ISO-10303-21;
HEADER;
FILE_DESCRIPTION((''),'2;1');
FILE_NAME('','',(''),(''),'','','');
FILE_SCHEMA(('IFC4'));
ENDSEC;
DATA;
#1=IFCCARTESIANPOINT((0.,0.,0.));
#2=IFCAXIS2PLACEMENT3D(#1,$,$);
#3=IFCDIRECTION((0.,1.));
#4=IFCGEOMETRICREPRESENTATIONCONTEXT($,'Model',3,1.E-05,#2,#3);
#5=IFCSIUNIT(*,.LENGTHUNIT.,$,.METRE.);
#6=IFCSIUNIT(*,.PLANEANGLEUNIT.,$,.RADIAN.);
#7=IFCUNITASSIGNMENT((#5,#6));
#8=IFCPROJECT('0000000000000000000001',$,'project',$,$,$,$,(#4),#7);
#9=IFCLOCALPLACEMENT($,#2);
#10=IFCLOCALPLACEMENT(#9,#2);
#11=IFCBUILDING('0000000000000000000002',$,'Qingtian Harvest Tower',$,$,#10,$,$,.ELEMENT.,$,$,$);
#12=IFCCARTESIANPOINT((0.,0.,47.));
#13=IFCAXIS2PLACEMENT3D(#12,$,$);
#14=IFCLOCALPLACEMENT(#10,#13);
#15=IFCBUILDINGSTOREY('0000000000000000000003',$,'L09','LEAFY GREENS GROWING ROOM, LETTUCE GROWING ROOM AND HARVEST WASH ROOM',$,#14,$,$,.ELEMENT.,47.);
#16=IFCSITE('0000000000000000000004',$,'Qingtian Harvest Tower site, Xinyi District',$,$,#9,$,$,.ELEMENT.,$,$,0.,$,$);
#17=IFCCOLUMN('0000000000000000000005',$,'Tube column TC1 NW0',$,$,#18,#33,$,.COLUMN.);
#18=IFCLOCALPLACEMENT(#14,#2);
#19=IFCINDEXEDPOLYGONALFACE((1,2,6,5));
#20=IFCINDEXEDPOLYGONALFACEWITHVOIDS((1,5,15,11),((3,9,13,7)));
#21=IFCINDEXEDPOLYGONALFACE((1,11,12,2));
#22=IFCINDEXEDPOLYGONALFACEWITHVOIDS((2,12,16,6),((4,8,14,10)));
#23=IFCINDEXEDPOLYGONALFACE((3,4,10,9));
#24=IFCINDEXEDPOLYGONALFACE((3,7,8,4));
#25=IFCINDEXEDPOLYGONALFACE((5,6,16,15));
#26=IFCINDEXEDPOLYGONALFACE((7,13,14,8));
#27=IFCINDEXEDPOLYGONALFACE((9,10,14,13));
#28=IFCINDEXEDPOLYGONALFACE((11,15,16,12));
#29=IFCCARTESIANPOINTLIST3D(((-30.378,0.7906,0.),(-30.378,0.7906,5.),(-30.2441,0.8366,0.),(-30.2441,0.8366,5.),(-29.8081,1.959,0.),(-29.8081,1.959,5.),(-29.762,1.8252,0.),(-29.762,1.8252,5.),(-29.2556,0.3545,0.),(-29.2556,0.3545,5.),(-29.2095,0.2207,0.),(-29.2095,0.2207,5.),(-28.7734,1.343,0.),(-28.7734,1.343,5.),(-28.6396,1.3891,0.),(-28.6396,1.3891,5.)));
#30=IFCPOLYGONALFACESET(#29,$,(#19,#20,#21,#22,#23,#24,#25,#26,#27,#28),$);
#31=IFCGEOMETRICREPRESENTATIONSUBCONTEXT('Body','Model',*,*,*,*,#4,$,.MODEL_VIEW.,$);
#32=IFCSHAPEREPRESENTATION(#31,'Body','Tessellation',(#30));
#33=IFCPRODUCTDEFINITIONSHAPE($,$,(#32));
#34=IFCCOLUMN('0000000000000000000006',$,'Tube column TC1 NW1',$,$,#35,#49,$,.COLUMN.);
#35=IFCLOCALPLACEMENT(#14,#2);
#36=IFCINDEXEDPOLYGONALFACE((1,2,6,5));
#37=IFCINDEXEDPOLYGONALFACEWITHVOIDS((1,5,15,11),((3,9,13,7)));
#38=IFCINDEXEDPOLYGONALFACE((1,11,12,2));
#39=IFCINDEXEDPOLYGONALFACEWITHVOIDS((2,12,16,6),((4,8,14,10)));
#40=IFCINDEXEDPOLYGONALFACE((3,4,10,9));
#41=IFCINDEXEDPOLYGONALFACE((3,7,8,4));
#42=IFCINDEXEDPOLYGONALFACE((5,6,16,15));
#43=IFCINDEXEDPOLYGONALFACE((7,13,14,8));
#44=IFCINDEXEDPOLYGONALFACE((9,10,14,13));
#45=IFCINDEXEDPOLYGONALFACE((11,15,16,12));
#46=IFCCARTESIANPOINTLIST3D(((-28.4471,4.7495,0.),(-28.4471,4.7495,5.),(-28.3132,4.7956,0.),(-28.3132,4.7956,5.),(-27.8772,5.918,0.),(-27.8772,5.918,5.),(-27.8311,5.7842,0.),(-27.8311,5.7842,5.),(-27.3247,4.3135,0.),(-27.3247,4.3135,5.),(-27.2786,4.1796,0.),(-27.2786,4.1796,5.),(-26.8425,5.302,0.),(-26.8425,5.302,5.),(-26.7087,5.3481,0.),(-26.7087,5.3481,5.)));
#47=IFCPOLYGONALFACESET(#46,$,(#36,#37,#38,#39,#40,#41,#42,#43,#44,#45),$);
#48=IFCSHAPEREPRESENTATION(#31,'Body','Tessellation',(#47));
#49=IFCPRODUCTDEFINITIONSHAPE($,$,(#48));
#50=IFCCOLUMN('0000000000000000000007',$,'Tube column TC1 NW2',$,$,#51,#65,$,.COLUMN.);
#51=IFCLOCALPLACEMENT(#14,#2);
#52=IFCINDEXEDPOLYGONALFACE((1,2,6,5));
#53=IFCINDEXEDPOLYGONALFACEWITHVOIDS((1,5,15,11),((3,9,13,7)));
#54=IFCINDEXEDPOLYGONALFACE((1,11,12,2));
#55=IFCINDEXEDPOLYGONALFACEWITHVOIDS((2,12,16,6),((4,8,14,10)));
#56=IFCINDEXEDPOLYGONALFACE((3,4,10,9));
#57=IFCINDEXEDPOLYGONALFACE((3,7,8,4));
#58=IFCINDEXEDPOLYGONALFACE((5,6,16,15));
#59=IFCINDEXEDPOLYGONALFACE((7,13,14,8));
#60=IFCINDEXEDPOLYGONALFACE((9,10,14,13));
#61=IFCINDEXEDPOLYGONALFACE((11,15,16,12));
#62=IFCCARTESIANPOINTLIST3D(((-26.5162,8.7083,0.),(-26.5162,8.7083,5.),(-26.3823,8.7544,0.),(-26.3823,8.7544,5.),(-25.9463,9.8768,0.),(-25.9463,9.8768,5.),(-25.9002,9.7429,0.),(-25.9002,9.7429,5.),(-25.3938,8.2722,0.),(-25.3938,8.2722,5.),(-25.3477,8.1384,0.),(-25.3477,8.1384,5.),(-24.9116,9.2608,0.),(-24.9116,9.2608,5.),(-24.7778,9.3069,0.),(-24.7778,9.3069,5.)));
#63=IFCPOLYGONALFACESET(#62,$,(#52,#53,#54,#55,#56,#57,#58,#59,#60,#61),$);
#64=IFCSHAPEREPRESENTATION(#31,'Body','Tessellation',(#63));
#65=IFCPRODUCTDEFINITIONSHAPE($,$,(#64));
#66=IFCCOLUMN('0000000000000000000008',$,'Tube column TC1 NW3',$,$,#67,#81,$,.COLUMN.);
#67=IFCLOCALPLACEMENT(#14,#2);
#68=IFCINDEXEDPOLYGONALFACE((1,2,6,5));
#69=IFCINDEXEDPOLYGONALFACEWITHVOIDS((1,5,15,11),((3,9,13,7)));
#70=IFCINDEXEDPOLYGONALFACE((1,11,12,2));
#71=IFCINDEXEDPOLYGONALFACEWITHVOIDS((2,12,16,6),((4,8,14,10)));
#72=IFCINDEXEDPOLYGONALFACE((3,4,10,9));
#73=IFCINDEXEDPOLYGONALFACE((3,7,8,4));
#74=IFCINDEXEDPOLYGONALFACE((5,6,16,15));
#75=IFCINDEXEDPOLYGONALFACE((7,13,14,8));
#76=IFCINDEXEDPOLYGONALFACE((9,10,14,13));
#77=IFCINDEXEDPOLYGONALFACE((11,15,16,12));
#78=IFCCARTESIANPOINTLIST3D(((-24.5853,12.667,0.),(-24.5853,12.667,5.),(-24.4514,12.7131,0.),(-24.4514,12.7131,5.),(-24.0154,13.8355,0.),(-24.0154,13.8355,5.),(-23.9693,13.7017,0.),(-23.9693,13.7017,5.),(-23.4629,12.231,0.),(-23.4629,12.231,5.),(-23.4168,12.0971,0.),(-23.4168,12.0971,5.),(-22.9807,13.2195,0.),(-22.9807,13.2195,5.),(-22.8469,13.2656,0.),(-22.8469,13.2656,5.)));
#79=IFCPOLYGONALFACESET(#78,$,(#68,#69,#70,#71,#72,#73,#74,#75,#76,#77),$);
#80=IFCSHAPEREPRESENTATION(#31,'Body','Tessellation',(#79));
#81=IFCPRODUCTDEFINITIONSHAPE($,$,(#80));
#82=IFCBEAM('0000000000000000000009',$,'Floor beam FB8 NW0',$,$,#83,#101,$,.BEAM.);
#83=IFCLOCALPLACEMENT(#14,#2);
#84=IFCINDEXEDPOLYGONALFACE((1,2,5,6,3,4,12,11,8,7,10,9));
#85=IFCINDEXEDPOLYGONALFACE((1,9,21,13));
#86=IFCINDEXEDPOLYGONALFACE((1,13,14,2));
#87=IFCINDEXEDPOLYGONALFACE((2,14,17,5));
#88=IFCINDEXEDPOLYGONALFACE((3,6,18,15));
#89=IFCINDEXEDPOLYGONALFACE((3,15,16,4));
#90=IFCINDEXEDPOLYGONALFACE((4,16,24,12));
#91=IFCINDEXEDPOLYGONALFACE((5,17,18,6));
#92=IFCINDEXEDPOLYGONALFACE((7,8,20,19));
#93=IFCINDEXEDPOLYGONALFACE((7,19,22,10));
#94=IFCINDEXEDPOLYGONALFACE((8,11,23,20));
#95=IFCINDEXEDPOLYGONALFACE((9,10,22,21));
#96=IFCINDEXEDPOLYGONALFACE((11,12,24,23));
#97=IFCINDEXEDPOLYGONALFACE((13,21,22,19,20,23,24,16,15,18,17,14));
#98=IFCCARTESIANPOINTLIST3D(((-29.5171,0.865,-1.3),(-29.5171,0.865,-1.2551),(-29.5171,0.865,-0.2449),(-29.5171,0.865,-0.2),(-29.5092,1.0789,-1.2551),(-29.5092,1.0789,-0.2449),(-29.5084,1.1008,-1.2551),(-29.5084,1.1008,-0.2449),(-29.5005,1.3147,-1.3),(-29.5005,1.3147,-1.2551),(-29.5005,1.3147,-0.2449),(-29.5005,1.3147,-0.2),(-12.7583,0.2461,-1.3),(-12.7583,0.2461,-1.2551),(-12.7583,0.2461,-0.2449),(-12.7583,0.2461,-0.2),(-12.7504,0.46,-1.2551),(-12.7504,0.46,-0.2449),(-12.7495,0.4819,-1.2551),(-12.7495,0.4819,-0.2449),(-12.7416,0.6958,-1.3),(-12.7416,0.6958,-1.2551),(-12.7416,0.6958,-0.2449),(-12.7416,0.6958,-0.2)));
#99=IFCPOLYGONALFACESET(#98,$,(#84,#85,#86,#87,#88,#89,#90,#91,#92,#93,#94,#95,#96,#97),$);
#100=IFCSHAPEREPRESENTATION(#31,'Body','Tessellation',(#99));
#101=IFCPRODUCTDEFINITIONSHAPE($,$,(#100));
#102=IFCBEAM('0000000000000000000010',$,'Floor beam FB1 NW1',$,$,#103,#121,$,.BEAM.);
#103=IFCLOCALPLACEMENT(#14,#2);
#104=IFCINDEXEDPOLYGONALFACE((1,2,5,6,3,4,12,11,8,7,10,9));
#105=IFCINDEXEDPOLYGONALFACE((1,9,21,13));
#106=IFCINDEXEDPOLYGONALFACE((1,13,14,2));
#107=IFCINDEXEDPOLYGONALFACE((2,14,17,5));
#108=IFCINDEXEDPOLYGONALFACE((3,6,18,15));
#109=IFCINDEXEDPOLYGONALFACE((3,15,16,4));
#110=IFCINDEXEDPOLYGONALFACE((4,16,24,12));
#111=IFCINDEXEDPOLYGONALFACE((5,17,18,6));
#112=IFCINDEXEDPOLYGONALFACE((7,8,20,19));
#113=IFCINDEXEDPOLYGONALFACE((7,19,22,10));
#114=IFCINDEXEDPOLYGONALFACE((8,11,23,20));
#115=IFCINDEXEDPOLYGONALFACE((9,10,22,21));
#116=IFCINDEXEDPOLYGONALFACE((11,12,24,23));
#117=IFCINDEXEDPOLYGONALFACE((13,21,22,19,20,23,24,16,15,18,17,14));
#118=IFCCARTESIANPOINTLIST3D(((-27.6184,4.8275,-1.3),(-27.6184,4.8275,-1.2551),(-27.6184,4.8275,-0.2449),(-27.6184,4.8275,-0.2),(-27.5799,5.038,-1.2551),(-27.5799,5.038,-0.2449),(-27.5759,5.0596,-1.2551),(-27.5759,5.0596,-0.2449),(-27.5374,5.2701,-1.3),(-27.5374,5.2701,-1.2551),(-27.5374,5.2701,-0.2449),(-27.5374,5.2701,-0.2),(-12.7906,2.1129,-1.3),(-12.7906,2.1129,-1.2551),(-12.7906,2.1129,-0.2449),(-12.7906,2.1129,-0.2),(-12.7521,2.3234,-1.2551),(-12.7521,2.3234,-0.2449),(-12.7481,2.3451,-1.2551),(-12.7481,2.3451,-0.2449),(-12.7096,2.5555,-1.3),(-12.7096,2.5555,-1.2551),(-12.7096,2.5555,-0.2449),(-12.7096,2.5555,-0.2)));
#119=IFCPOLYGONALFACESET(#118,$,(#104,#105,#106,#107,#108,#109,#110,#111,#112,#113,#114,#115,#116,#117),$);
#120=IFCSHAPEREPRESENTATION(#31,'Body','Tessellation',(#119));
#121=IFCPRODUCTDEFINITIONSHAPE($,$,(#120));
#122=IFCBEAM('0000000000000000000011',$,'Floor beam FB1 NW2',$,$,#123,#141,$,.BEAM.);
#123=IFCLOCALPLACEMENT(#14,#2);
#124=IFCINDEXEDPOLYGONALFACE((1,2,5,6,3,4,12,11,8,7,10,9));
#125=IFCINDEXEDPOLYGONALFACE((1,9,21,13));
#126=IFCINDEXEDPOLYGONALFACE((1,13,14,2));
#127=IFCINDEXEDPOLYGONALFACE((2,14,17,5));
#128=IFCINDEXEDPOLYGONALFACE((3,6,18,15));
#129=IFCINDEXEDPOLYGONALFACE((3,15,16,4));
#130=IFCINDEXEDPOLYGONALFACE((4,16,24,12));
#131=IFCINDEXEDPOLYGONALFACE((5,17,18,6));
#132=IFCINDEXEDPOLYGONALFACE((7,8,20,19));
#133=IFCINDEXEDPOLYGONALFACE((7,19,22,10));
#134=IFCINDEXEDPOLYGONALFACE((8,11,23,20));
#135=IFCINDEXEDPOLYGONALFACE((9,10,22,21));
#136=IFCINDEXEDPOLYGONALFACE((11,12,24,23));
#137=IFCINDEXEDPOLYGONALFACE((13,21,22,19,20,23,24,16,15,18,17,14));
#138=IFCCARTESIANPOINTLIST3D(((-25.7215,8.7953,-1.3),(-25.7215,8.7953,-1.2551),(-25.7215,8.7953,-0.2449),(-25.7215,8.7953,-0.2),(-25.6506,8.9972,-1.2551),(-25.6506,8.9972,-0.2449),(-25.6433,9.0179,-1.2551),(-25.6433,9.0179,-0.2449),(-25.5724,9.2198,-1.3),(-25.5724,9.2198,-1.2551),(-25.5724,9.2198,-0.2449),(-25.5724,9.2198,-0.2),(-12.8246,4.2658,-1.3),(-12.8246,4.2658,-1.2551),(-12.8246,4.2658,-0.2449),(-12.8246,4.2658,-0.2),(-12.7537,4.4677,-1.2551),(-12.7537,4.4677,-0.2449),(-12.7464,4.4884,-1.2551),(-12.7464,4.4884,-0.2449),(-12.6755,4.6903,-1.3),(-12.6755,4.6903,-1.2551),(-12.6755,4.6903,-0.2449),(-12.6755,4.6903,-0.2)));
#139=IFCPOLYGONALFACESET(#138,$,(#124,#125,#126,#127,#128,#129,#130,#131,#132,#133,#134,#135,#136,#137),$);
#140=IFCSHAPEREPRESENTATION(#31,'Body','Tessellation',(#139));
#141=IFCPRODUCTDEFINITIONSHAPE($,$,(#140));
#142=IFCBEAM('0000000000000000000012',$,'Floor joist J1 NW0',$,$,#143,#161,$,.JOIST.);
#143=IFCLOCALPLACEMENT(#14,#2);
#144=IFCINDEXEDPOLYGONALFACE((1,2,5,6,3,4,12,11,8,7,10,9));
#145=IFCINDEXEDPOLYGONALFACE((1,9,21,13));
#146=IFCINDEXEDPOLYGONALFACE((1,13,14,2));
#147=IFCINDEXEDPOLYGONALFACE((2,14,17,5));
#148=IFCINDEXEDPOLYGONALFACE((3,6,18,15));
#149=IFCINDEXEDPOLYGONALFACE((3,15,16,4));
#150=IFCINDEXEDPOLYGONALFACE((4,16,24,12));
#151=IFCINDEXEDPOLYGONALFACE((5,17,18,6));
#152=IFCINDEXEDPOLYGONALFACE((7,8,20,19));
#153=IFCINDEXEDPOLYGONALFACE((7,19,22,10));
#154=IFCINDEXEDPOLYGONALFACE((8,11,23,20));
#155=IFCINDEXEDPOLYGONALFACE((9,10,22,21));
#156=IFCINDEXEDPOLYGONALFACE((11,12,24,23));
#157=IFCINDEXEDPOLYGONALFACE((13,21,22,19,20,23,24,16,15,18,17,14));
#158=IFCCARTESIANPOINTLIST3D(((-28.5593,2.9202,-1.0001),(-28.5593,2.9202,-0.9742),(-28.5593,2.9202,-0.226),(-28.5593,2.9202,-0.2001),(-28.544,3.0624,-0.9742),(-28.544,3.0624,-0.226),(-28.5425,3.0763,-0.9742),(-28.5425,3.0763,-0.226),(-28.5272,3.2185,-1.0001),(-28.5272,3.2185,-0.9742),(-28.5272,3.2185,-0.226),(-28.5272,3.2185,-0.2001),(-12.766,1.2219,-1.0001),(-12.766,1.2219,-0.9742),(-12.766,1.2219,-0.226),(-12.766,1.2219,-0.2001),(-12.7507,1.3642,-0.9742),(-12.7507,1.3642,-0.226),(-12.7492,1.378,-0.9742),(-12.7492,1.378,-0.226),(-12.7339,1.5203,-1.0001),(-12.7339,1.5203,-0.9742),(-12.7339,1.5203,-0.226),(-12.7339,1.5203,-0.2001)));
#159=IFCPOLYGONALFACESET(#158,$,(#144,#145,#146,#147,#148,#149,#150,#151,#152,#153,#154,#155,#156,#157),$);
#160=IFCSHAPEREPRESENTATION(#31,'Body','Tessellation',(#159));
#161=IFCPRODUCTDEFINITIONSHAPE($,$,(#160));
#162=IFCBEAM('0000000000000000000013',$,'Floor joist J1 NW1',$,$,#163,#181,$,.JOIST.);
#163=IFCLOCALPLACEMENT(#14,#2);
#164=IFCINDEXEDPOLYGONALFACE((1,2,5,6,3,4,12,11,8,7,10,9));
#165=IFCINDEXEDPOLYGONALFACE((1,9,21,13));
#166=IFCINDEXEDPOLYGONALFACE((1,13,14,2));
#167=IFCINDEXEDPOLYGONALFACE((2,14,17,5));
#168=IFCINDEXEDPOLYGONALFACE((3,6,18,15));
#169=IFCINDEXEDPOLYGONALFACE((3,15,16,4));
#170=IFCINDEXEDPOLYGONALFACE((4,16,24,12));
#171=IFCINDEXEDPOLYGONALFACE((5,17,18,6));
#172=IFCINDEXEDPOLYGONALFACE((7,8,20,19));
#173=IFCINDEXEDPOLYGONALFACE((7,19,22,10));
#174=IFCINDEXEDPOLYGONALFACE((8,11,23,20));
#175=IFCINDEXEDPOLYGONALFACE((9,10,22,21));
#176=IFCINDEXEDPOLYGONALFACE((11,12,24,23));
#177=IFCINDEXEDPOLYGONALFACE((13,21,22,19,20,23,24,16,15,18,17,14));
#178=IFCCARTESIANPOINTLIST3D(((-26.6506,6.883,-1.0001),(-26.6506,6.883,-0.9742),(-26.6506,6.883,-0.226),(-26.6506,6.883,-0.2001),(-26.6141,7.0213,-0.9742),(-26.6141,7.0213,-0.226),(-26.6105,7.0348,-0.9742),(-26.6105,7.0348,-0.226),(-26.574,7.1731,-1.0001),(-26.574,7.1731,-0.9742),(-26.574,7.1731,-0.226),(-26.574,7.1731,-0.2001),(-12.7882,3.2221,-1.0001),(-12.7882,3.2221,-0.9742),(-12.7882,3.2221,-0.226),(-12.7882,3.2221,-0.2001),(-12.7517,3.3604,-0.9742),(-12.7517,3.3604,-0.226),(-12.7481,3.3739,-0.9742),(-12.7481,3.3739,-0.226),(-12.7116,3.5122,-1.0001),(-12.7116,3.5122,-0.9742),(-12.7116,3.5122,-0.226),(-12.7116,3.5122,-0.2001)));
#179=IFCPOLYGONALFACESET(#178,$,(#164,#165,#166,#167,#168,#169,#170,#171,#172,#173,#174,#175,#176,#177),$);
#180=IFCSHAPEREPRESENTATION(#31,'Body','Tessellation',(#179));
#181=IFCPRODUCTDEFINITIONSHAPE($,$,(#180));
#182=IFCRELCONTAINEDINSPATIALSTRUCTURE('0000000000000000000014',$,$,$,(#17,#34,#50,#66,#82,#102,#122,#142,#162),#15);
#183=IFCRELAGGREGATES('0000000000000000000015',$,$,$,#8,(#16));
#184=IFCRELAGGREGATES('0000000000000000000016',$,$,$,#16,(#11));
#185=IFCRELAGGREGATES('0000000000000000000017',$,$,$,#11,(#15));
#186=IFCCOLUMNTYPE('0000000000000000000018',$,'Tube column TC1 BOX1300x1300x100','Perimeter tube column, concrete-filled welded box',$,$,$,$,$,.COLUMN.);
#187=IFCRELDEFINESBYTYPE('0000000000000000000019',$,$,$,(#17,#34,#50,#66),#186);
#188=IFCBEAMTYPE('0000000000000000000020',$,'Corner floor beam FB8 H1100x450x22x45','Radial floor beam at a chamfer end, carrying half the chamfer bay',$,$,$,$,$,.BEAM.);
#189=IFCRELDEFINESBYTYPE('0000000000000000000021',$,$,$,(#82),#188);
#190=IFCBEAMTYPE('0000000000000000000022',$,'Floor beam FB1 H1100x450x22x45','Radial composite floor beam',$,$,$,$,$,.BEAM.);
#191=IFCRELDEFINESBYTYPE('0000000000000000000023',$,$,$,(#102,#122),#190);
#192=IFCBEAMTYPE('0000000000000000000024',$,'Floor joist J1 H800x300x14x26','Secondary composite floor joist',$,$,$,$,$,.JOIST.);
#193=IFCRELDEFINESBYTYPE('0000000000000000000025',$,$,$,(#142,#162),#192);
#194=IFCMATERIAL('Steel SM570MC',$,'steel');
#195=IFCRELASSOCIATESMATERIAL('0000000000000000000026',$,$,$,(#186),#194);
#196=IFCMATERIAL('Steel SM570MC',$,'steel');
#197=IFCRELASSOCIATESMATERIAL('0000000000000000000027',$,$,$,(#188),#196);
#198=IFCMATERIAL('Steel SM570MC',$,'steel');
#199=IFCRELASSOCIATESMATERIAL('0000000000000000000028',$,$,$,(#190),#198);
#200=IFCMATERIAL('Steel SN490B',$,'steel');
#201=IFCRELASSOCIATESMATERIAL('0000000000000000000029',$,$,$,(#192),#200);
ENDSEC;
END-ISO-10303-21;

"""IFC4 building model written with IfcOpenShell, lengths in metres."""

from ifc_helpers import new_model, si_unit, direction, frame, origin, origin_2d, place, context, subcontext, project, spatial, hollow_rectangle, i_section, extrude, material, material_profile, profile_set, type_object, element, save


model = new_model("IFC4")

# Units and contexts
model_context = context("Model", 3, precision=1e-05, world=origin(), true_north=direction((0.0, 1.0)))
body_context = subcontext(model_context, "Body", "Model", "MODEL_VIEW")
ifc_project = project(units=[si_unit("LENGTHUNIT", "METRE"), si_unit("PLANEANGLEUNIT", "RADIAN")], contexts=[model_context])

# Site, building, storey
site_placement = place(None, origin())
site = spatial("IfcSite", under=ifc_project, at=site_placement, Name="Qingtian Harvest Tower site, Xinyi District", CompositionType="ELEMENT", RefElevation=0.0)
building_placement = place(site_placement, origin())
building = spatial("IfcBuilding", under=site, at=building_placement, Name="Qingtian Harvest Tower", CompositionType="ELEMENT")
storey_placement = place(building_placement, frame((0.0, 0.0, 47.0)))
storey = spatial("IfcBuildingStorey", under=building, at=storey_placement, Name="L09", Description="LEAFY GREENS GROWING ROOM, LETTUCE GROWING ROOM AND HARVEST WASH ROOM", CompositionType="ELEMENT", Elevation=47.0)

# Columns
ifc_material_1 = material(Name="Steel SM570MC", Category="steel")
ifc_material_profile_1 = material_profile(ifc_material_1, hollow_rectangle(XDim=1.3, YDim=1.3, WallThickness=0.1001, at=origin_2d()), Name="BOX1300x1300x100")
ifc_profile_set_1 = profile_set([ifc_material_profile_1], Name="Steel SM570MC")
column_type = type_object("IfcColumnType", Name="Tube column TC1 BOX1300x1300x100", Description="Perimeter tube column, concrete-filled welded box", PredefinedType="COLUMN", material=ifc_profile_set_1)
for number, where, z_axis, x_axis, name in (
    (1, (-29.5088, 1.0898, 0.0), (0.0, 0.0, 1.0), (-0.438371, -0.898794, 0.0), "Tube column TC1 NW0"),
    (2, (-27.5779, 5.0488, 0.0), (0.0, 0.0, 1.0), (-0.438371, -0.898794, 0.0), "Tube column TC1 NW1"),
    (3, (-25.647, 9.0076, 0.0), (0.0, 0.0, 1.0), (-0.438371, -0.898794, 0.0), "Tube column TC1 NW2"),
    (4, (-23.7161, 12.9663, 0.0), (0.0, 0.0, 1.0), (-0.438371, -0.898794, 0.0), "Tube column TC1 NW3"),
):
    element("IfcColumn", number, at=place(storey_placement, frame(where, z_axis=z_axis, x_axis=x_axis)), inside=storey, type_object=column_type, Name=name, PredefinedType="COLUMN", context=body_context, shape_type="SweptSolid", body=[
        extrude(hollow_rectangle(XDim=1.3, YDim=1.3, WallThickness=0.1001, at=origin_2d()), origin(), (0.0, 0.0, 1.0), 5.0),
    ])

# Beams
ifc_material_2 = material(Name="Steel SM570MC", Category="steel")
ifc_material_profile_2 = material_profile(ifc_material_2, i_section(OverallWidth=0.45, OverallDepth=1.1001, WebThickness=0.022, FlangeThickness=0.0449, at=origin_2d()), Name="H1100x450x22x45")
ifc_profile_set_2 = profile_set([ifc_material_profile_2], Name="Steel SM570MC")
beam_type_1 = type_object("IfcBeamType", Name="Corner floor beam FB8 H1100x450x22x45", Description="Radial floor beam at a chamfer end, carrying half the chamfer bay", PredefinedType="BEAM", material=ifc_profile_set_2)
beam_1_placement = place(storey_placement, frame((-29.5088, 1.0898, -0.75), z_axis=(0.999319, -0.036905, 0.0), x_axis=(0.036905, 0.999319, 0.0)))
element("IfcBeam", 5, at=beam_1_placement, inside=storey, type_object=beam_type_1, Name="Floor beam FB8 NW0", PredefinedType="BEAM", context=body_context, shape_type="SweptSolid", body=[
    extrude(i_section(OverallWidth=0.45, OverallDepth=1.1001, WebThickness=0.022, FlangeThickness=0.0449, at=origin_2d()), origin(), (0.0, 0.0, 1.0), 16.7703),
])
ifc_material_3 = material(Name="Steel SM570MC", Category="steel")
ifc_material_profile_3 = material_profile(ifc_material_3, i_section(OverallWidth=0.45, OverallDepth=1.1001, WebThickness=0.022, FlangeThickness=0.0449, at=origin_2d()), Name="H1100x450x22x45")
ifc_profile_set_3 = profile_set([ifc_material_profile_3], Name="Steel SM570MC")
beam_type_2 = type_object("IfcBeamType", Name="Floor beam FB1 H1100x450x22x45", Description="Radial composite floor beam", PredefinedType="BEAM", material=ifc_profile_set_3)
beam_2_placement = place(storey_placement, frame((-27.5779, 5.0488, -0.75), z_axis=(0.983652, -0.180081, 0.0), x_axis=(0.180081, 0.983652, 0.0)))
element("IfcBeam", 6, at=beam_2_placement, inside=storey, type_object=beam_type_2, Name="Floor beam FB1 NW1", PredefinedType="BEAM", context=body_context, shape_type="SweptSolid", body=[
    extrude(i_section(OverallWidth=0.45, OverallDepth=1.1001, WebThickness=0.022, FlangeThickness=0.0449, at=origin_2d()), origin(), (0.0, 0.0, 1.0), 15.0742),
])
beam_3_placement = place(storey_placement, frame((-25.647, 9.0076, -0.75), z_axis=(0.943502, -0.331367, 0.0), x_axis=(0.331367, 0.943502, 0.0)))
element("IfcBeam", 7, at=beam_3_placement, inside=storey, type_object=beam_type_2, Name="Floor beam FB1 NW2", PredefinedType="BEAM", context=body_context, shape_type="SweptSolid", body=[
    extrude(i_section(OverallWidth=0.45, OverallDepth=1.1001, WebThickness=0.022, FlangeThickness=0.0449, at=origin_2d()), origin(), (0.0, 0.0, 1.0), 13.6692),
])
ifc_material_4 = material(Name="Steel SN490B", Category="steel")
ifc_material_profile_4 = material_profile(ifc_material_4, i_section(OverallWidth=0.3, OverallDepth=0.8, WebThickness=0.0139, FlangeThickness=0.0259, at=origin_2d()), Name="H800x300x14x26")
ifc_profile_set_4 = profile_set([ifc_material_profile_4], Name="Steel SN490B")
beam_type_3 = type_object("IfcBeamType", Name="Floor joist J1 H800x300x14x26", Description="Secondary composite floor joist", PredefinedType="JOIST", material=ifc_profile_set_4)
beam_4_placement = place(storey_placement, frame((-28.5432, 3.0693, -0.6001), z_axis=(0.994268, -0.106914, 0.0), x_axis=(0.106914, 0.994268, 0.0)))
element("IfcBeam", 8, at=beam_4_placement, inside=storey, type_object=beam_type_3, Name="Floor joist J1 NW0", PredefinedType="JOIST", context=body_context, shape_type="SweptSolid", body=[
    extrude(i_section(OverallWidth=0.3, OverallDepth=0.8, WebThickness=0.0139, FlangeThickness=0.0259, at=origin_2d()), origin(), (0.0, 0.0, 1.0), 15.8843),
])
beam_5_placement = place(storey_placement, frame((-26.6123, 7.0281, -0.6001), z_axis=(0.966852, -0.255336, 0.0), x_axis=(0.255336, 0.966852, 0.0)))
element("IfcBeam", 9, at=beam_5_placement, inside=storey, type_object=beam_type_3, Name="Floor joist J1 NW1", PredefinedType="JOIST", context=body_context, shape_type="SweptSolid", body=[
    extrude(i_section(OverallWidth=0.3, OverallDepth=0.8, WebThickness=0.0139, FlangeThickness=0.0259, at=origin_2d()), origin(), (0.0, 0.0, 1.0), 14.3376),
])

save(model, "model.ifc")
